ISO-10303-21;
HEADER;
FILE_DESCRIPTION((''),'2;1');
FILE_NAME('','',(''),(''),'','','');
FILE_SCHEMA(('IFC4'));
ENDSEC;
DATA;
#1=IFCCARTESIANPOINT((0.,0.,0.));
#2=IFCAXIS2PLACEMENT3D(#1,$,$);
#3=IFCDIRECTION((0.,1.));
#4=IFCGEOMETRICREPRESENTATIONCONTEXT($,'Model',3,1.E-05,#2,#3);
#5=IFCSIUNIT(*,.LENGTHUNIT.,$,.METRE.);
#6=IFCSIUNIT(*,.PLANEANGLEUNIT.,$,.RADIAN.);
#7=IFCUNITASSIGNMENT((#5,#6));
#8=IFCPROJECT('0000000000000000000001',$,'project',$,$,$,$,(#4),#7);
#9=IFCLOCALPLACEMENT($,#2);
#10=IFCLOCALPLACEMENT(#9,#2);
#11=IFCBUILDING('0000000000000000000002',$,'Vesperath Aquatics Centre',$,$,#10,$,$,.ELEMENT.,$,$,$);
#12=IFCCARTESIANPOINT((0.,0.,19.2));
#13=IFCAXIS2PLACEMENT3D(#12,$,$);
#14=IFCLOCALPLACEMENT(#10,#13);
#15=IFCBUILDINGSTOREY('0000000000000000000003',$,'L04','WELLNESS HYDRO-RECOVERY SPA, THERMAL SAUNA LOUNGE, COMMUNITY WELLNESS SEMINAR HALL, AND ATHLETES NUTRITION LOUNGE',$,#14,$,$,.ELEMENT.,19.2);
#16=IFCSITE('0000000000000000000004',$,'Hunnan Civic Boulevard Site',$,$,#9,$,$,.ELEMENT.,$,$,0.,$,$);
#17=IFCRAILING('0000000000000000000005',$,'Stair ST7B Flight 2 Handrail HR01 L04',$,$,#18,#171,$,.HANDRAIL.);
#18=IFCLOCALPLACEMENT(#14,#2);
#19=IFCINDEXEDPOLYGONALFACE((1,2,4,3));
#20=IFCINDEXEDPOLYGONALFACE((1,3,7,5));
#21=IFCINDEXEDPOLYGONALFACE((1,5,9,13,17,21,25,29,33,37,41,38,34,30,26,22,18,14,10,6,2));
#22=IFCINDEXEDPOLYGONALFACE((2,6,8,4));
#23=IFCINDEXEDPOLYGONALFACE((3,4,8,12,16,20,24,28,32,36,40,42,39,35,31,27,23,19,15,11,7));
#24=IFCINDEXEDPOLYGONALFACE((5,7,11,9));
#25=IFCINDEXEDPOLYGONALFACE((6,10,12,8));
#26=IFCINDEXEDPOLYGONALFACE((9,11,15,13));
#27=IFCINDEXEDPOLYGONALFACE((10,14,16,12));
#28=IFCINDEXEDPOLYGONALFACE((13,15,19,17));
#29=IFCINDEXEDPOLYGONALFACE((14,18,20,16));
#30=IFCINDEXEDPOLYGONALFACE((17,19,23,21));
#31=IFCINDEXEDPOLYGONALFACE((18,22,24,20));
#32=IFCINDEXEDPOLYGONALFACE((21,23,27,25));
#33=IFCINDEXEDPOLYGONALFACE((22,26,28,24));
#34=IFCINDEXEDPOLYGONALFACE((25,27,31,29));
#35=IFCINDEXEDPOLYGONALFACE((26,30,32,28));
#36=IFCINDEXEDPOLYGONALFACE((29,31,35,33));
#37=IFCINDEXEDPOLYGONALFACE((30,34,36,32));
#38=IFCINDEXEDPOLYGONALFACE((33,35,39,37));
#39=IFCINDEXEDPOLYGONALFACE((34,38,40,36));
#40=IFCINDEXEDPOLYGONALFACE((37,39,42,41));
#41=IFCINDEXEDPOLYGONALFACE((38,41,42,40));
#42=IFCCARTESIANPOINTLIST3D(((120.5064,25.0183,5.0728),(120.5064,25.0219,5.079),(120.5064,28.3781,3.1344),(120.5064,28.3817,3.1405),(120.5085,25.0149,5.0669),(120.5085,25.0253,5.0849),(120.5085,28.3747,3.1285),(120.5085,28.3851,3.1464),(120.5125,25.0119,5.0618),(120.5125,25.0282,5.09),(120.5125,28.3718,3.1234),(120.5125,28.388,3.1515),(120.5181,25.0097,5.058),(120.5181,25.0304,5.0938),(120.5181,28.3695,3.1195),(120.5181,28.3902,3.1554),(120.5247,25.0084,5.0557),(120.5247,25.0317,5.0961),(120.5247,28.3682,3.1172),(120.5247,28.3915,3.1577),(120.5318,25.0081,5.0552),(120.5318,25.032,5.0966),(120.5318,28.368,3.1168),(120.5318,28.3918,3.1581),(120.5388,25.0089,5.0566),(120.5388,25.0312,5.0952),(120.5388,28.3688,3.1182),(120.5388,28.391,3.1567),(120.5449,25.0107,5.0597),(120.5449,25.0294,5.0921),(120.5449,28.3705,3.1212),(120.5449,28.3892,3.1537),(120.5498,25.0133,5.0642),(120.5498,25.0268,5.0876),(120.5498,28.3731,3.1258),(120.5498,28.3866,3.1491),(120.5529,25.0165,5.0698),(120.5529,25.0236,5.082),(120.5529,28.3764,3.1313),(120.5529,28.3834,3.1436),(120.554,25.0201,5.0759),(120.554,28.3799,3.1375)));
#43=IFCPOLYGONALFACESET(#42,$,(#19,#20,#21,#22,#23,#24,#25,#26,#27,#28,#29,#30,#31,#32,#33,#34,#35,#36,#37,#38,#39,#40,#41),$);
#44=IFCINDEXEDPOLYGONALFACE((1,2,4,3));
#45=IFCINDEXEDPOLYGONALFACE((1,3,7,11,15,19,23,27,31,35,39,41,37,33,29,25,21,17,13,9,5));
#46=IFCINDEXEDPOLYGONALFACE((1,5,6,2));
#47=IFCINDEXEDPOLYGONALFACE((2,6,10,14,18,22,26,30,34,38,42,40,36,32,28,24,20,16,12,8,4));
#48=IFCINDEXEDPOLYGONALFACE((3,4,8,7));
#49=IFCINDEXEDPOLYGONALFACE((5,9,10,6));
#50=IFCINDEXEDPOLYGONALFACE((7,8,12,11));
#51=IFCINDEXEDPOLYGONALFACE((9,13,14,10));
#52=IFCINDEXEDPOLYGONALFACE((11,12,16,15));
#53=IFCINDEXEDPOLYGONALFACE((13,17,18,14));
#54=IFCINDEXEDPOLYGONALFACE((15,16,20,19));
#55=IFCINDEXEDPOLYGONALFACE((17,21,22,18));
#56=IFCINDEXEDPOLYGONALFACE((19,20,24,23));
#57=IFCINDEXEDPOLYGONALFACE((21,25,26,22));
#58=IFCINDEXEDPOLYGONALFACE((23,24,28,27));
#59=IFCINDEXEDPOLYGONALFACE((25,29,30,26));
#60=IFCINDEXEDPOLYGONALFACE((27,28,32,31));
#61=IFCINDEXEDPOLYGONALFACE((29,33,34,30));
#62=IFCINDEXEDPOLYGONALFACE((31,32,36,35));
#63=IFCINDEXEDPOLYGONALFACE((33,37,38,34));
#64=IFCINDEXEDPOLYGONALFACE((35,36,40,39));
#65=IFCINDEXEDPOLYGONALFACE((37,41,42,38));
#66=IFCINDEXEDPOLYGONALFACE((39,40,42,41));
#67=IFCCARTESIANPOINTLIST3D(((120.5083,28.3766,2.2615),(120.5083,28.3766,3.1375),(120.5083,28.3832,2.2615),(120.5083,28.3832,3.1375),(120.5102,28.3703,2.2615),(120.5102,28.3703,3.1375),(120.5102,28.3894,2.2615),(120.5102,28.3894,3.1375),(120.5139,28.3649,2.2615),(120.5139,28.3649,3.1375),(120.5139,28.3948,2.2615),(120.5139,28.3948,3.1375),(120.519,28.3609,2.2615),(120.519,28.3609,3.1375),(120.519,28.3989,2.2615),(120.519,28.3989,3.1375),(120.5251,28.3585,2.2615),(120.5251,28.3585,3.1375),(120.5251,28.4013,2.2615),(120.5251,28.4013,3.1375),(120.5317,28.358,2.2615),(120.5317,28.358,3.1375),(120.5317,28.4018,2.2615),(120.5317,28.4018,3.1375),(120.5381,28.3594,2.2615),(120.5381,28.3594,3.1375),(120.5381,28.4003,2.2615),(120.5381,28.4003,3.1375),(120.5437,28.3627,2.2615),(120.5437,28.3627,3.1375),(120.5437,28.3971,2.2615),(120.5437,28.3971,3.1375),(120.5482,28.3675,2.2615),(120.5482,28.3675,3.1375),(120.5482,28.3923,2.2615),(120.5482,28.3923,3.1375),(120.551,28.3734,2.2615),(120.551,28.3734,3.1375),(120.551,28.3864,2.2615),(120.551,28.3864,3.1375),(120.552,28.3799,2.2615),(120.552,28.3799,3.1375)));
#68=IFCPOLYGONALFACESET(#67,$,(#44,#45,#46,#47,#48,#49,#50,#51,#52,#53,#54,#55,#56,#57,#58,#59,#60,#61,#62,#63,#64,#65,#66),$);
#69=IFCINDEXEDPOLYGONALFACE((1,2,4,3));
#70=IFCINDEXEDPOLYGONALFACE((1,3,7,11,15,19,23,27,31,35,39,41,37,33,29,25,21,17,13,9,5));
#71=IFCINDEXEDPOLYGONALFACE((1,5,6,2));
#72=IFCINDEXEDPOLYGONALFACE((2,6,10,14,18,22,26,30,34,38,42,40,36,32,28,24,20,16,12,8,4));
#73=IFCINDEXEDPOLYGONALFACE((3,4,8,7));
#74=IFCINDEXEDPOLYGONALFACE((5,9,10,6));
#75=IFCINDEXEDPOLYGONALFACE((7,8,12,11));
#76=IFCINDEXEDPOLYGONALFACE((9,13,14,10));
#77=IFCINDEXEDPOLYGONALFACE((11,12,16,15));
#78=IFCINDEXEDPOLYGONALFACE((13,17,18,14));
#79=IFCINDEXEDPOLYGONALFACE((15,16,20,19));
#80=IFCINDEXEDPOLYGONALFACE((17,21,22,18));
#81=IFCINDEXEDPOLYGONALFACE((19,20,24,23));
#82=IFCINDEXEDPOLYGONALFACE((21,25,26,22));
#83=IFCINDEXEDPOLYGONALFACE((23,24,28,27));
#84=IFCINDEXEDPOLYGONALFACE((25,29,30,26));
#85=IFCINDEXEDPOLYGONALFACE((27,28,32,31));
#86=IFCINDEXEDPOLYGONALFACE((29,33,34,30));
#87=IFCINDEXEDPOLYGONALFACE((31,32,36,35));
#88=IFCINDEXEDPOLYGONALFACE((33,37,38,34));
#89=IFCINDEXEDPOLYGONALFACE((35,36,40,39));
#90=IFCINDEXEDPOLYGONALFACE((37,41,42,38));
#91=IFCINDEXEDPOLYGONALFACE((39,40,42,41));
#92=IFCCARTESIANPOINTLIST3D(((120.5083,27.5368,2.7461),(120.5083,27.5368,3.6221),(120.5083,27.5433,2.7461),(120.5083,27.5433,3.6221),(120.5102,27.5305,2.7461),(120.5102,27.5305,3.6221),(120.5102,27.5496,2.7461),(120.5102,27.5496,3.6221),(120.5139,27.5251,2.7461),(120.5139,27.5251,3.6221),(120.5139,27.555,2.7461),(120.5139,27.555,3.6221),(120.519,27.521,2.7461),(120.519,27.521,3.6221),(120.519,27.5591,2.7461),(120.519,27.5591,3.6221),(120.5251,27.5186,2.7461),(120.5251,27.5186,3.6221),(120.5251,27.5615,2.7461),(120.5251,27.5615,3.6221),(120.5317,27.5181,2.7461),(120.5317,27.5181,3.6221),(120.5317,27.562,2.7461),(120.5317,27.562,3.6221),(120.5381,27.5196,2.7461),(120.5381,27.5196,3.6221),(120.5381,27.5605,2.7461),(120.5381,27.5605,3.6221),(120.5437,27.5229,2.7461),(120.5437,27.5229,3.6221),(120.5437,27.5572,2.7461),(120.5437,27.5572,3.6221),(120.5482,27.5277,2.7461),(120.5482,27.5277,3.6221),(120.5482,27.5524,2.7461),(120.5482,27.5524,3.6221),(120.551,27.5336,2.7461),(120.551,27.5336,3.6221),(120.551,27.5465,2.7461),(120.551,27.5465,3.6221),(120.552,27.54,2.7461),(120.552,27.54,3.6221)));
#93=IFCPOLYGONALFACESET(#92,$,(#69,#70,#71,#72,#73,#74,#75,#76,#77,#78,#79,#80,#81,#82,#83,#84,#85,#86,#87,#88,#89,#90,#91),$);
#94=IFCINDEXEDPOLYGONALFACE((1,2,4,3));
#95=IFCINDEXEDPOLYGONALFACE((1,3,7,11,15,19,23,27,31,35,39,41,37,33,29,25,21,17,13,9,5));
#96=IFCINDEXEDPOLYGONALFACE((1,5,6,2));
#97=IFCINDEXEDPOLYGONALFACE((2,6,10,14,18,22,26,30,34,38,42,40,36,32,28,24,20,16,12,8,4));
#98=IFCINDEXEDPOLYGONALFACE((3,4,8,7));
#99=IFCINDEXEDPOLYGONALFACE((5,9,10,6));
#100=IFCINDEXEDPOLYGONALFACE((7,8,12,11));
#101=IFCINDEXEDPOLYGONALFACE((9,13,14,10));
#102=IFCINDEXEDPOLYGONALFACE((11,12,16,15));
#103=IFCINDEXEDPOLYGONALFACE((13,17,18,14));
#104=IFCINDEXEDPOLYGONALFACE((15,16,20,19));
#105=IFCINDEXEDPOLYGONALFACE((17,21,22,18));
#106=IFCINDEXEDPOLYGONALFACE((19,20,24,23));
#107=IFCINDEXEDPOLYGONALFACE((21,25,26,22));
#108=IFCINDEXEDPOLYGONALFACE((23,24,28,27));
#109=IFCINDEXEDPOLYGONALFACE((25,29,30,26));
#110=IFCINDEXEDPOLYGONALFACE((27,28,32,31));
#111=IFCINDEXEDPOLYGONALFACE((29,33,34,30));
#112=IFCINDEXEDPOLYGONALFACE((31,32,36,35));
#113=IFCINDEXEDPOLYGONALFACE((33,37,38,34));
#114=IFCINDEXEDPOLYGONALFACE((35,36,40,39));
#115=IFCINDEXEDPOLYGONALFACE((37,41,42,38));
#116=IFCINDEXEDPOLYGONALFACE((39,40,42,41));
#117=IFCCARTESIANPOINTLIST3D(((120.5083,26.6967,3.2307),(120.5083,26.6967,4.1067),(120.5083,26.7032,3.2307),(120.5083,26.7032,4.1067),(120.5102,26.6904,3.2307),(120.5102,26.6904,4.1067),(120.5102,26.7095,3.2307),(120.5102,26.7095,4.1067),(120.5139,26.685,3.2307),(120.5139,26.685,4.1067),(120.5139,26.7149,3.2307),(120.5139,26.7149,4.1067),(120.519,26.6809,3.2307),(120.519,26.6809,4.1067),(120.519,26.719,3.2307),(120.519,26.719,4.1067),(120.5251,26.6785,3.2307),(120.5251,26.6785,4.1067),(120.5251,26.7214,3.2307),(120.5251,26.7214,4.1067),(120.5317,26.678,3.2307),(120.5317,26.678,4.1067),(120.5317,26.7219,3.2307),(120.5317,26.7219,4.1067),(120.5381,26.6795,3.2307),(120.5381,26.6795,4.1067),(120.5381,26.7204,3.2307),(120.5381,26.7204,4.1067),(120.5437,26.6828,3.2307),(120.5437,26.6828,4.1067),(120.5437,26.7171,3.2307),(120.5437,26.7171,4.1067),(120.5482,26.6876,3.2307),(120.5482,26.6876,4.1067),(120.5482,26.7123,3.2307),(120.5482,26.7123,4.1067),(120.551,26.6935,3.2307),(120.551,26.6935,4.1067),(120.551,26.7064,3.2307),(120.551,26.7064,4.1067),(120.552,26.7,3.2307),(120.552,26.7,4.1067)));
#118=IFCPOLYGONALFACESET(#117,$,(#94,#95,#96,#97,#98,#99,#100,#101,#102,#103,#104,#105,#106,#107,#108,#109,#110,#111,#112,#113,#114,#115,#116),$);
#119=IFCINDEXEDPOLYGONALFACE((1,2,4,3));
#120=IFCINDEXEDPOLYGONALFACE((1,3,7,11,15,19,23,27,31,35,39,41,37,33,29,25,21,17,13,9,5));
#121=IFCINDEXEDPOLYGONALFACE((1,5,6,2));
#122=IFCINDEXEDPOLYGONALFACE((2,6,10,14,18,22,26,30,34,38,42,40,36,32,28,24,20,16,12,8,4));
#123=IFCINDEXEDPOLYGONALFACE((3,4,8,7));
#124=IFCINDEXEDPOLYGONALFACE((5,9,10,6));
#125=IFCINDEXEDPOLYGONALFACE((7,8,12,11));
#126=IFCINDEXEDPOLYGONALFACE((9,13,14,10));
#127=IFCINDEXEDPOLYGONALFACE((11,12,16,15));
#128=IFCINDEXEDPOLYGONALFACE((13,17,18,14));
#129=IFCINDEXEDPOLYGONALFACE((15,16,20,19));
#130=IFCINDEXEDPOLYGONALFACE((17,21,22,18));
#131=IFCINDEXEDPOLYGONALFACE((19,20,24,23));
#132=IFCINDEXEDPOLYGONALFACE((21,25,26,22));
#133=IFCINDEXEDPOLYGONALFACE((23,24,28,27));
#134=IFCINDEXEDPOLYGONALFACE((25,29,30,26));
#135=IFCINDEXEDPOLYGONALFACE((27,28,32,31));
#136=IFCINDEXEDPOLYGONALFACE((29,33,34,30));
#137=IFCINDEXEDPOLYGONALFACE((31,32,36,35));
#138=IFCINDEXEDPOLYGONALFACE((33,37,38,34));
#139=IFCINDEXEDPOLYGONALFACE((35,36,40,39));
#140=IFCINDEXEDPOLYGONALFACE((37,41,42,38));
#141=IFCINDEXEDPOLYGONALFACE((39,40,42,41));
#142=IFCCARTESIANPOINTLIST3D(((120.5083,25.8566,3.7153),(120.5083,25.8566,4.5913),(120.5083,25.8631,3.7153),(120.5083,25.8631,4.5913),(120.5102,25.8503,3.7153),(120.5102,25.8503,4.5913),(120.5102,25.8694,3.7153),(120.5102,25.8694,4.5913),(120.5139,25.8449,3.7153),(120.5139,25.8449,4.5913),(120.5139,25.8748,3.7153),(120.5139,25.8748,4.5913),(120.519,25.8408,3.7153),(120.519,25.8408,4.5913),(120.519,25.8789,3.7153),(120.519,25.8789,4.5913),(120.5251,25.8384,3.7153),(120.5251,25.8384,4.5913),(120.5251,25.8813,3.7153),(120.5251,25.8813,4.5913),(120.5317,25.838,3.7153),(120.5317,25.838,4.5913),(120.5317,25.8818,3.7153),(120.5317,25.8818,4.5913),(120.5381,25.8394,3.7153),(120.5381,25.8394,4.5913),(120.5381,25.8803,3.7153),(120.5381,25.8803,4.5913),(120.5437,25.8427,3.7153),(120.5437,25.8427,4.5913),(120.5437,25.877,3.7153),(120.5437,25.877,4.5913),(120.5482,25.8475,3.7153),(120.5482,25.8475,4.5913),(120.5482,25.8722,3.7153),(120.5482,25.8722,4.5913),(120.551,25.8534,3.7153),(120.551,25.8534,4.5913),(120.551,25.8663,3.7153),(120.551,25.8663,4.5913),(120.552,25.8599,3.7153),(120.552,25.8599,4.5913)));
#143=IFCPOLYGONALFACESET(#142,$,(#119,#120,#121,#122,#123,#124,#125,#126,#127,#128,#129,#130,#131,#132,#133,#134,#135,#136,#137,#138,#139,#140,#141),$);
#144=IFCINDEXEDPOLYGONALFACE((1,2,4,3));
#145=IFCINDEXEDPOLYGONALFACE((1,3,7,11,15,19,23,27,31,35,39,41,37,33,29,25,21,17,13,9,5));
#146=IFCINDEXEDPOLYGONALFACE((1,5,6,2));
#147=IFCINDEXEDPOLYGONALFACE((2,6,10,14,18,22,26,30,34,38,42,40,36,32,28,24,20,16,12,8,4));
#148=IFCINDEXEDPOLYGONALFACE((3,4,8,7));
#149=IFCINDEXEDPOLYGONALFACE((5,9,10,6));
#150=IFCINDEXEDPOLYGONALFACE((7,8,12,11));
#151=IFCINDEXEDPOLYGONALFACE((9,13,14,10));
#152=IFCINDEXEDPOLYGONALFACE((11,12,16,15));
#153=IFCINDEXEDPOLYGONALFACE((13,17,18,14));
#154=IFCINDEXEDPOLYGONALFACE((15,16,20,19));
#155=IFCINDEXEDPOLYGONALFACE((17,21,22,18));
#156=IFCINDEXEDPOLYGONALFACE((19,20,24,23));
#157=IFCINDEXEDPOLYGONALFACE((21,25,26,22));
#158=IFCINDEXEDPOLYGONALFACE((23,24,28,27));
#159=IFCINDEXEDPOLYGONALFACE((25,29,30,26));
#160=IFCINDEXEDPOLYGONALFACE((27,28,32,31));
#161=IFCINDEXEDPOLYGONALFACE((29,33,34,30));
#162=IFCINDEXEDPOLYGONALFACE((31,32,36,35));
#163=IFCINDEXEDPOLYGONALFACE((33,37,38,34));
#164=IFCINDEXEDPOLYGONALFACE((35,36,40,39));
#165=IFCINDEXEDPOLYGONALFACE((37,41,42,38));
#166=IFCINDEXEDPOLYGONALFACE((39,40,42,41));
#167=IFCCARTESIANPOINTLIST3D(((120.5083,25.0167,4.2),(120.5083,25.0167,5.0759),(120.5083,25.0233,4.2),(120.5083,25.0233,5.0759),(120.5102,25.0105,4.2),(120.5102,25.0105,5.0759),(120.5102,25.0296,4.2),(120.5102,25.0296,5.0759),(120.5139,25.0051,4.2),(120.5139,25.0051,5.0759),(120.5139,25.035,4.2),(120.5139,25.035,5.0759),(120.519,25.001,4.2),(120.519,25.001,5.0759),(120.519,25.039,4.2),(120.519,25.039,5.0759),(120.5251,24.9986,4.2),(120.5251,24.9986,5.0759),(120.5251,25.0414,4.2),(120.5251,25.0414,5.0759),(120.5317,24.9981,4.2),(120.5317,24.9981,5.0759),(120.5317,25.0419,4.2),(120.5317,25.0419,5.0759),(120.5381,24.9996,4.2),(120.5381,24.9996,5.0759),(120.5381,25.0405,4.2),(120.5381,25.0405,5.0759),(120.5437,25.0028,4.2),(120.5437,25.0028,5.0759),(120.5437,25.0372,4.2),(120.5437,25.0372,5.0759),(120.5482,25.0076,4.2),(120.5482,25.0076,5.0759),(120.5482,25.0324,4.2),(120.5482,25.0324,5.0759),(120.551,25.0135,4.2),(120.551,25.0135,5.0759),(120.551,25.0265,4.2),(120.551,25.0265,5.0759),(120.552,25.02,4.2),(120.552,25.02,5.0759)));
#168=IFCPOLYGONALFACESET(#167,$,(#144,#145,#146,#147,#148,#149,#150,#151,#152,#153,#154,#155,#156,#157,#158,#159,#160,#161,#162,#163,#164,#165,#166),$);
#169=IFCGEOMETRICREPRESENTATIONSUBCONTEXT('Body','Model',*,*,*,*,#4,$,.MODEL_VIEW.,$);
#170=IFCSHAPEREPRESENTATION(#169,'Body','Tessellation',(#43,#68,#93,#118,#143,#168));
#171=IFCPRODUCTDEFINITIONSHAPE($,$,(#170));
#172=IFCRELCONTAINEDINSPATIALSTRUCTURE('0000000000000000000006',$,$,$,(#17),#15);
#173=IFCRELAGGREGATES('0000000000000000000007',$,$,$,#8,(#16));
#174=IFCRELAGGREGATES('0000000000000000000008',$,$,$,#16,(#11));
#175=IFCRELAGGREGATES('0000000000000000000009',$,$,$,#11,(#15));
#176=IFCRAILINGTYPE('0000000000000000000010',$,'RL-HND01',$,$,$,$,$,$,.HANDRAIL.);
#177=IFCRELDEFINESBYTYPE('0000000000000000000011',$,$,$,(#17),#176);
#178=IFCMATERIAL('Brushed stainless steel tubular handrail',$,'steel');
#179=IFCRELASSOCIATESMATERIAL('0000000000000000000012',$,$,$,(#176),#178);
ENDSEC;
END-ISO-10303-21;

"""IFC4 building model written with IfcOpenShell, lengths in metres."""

from ifc_helpers import new_model, si_unit, direction, frame, origin, origin_2d, place, context, subcontext, project, spatial, circle, extrude, material, type_object, element, save


model = new_model("IFC4")

# Units and contexts
model_context = context("Model", 3, precision=1e-05, world=origin(), true_north=direction((0.0, 1.0)))
body_context = subcontext(model_context, "Body", "Model", "MODEL_VIEW")
ifc_project = project(units=[si_unit("LENGTHUNIT", "METRE"), si_unit("PLANEANGLEUNIT", "RADIAN")], contexts=[model_context])

# Site, building, storey
site_placement = place(None, origin())
site = spatial("IfcSite", under=ifc_project, at=site_placement, Name="Hunnan Civic Boulevard Site", CompositionType="ELEMENT", RefElevation=0.0)
building_placement = place(site_placement, origin())
building = spatial("IfcBuilding", under=site, at=building_placement, Name="Vesperath Aquatics Centre", CompositionType="ELEMENT")
storey_placement = place(building_placement, frame((0.0, 0.0, 19.2)))
storey = spatial("IfcBuildingStorey", under=building, at=storey_placement, Name="L04", Description="WELLNESS HYDRO-RECOVERY SPA, THERMAL SAUNA LOUNGE, COMMUNITY WELLNESS SEMINAR HALL, AND ATHLETES NUTRITION LOUNGE", CompositionType="ELEMENT", Elevation=19.2)

# Railing
ifc_material_1 = material(Name="Brushed stainless steel tubular handrail", Category="steel")
railing_type_1 = type_object("IfcRailingType", Name="RL-HND01", PredefinedType="HANDRAIL", material=ifc_material_1)
railing_1_placement = place(storey_placement, frame((120.53, 28.3799, 2.2615)))
element("IfcRailing", 1, at=railing_1_placement, inside=storey, type_object=railing_type_1, Name="Stair ST7B Flight 2 Handrail HR01 L04", PredefinedType="HANDRAIL", context=body_context, shape_type="SweptSolid", body=[
    extrude(circle(Radius=0.0239, at=origin_2d()), frame((0.0, 0.0, 0.876), z_axis=(0.0, -0.866175, 0.499741), x_axis=(1.0, 0.0, 0.0)), (0.0, 0.0, 1.0), 3.8789),
    extrude(circle(Radius=0.022, at=origin_2d()), origin(), (0.0, 0.0, 1.0), 0.876),
    extrude(circle(Radius=0.022, at=origin_2d()), frame((0.0, -0.8398, 0.4846)), (0.0, 0.0, 1.0), 0.876),
    extrude(circle(Radius=0.022, at=origin_2d()), frame((0.0, -1.6799, 0.9692)), (0.0, 0.0, 1.0), 0.876),
    extrude(circle(Radius=0.022, at=origin_2d()), frame((0.0, -2.52, 1.4539)), (0.0, 0.0, 1.0), 0.876),
    extrude(circle(Radius=0.022, at=origin_2d()), frame((0.0, -3.3599, 1.9385)), (0.0, 0.0, 1.0), 0.876),
])

save(model, "model.ifc")
